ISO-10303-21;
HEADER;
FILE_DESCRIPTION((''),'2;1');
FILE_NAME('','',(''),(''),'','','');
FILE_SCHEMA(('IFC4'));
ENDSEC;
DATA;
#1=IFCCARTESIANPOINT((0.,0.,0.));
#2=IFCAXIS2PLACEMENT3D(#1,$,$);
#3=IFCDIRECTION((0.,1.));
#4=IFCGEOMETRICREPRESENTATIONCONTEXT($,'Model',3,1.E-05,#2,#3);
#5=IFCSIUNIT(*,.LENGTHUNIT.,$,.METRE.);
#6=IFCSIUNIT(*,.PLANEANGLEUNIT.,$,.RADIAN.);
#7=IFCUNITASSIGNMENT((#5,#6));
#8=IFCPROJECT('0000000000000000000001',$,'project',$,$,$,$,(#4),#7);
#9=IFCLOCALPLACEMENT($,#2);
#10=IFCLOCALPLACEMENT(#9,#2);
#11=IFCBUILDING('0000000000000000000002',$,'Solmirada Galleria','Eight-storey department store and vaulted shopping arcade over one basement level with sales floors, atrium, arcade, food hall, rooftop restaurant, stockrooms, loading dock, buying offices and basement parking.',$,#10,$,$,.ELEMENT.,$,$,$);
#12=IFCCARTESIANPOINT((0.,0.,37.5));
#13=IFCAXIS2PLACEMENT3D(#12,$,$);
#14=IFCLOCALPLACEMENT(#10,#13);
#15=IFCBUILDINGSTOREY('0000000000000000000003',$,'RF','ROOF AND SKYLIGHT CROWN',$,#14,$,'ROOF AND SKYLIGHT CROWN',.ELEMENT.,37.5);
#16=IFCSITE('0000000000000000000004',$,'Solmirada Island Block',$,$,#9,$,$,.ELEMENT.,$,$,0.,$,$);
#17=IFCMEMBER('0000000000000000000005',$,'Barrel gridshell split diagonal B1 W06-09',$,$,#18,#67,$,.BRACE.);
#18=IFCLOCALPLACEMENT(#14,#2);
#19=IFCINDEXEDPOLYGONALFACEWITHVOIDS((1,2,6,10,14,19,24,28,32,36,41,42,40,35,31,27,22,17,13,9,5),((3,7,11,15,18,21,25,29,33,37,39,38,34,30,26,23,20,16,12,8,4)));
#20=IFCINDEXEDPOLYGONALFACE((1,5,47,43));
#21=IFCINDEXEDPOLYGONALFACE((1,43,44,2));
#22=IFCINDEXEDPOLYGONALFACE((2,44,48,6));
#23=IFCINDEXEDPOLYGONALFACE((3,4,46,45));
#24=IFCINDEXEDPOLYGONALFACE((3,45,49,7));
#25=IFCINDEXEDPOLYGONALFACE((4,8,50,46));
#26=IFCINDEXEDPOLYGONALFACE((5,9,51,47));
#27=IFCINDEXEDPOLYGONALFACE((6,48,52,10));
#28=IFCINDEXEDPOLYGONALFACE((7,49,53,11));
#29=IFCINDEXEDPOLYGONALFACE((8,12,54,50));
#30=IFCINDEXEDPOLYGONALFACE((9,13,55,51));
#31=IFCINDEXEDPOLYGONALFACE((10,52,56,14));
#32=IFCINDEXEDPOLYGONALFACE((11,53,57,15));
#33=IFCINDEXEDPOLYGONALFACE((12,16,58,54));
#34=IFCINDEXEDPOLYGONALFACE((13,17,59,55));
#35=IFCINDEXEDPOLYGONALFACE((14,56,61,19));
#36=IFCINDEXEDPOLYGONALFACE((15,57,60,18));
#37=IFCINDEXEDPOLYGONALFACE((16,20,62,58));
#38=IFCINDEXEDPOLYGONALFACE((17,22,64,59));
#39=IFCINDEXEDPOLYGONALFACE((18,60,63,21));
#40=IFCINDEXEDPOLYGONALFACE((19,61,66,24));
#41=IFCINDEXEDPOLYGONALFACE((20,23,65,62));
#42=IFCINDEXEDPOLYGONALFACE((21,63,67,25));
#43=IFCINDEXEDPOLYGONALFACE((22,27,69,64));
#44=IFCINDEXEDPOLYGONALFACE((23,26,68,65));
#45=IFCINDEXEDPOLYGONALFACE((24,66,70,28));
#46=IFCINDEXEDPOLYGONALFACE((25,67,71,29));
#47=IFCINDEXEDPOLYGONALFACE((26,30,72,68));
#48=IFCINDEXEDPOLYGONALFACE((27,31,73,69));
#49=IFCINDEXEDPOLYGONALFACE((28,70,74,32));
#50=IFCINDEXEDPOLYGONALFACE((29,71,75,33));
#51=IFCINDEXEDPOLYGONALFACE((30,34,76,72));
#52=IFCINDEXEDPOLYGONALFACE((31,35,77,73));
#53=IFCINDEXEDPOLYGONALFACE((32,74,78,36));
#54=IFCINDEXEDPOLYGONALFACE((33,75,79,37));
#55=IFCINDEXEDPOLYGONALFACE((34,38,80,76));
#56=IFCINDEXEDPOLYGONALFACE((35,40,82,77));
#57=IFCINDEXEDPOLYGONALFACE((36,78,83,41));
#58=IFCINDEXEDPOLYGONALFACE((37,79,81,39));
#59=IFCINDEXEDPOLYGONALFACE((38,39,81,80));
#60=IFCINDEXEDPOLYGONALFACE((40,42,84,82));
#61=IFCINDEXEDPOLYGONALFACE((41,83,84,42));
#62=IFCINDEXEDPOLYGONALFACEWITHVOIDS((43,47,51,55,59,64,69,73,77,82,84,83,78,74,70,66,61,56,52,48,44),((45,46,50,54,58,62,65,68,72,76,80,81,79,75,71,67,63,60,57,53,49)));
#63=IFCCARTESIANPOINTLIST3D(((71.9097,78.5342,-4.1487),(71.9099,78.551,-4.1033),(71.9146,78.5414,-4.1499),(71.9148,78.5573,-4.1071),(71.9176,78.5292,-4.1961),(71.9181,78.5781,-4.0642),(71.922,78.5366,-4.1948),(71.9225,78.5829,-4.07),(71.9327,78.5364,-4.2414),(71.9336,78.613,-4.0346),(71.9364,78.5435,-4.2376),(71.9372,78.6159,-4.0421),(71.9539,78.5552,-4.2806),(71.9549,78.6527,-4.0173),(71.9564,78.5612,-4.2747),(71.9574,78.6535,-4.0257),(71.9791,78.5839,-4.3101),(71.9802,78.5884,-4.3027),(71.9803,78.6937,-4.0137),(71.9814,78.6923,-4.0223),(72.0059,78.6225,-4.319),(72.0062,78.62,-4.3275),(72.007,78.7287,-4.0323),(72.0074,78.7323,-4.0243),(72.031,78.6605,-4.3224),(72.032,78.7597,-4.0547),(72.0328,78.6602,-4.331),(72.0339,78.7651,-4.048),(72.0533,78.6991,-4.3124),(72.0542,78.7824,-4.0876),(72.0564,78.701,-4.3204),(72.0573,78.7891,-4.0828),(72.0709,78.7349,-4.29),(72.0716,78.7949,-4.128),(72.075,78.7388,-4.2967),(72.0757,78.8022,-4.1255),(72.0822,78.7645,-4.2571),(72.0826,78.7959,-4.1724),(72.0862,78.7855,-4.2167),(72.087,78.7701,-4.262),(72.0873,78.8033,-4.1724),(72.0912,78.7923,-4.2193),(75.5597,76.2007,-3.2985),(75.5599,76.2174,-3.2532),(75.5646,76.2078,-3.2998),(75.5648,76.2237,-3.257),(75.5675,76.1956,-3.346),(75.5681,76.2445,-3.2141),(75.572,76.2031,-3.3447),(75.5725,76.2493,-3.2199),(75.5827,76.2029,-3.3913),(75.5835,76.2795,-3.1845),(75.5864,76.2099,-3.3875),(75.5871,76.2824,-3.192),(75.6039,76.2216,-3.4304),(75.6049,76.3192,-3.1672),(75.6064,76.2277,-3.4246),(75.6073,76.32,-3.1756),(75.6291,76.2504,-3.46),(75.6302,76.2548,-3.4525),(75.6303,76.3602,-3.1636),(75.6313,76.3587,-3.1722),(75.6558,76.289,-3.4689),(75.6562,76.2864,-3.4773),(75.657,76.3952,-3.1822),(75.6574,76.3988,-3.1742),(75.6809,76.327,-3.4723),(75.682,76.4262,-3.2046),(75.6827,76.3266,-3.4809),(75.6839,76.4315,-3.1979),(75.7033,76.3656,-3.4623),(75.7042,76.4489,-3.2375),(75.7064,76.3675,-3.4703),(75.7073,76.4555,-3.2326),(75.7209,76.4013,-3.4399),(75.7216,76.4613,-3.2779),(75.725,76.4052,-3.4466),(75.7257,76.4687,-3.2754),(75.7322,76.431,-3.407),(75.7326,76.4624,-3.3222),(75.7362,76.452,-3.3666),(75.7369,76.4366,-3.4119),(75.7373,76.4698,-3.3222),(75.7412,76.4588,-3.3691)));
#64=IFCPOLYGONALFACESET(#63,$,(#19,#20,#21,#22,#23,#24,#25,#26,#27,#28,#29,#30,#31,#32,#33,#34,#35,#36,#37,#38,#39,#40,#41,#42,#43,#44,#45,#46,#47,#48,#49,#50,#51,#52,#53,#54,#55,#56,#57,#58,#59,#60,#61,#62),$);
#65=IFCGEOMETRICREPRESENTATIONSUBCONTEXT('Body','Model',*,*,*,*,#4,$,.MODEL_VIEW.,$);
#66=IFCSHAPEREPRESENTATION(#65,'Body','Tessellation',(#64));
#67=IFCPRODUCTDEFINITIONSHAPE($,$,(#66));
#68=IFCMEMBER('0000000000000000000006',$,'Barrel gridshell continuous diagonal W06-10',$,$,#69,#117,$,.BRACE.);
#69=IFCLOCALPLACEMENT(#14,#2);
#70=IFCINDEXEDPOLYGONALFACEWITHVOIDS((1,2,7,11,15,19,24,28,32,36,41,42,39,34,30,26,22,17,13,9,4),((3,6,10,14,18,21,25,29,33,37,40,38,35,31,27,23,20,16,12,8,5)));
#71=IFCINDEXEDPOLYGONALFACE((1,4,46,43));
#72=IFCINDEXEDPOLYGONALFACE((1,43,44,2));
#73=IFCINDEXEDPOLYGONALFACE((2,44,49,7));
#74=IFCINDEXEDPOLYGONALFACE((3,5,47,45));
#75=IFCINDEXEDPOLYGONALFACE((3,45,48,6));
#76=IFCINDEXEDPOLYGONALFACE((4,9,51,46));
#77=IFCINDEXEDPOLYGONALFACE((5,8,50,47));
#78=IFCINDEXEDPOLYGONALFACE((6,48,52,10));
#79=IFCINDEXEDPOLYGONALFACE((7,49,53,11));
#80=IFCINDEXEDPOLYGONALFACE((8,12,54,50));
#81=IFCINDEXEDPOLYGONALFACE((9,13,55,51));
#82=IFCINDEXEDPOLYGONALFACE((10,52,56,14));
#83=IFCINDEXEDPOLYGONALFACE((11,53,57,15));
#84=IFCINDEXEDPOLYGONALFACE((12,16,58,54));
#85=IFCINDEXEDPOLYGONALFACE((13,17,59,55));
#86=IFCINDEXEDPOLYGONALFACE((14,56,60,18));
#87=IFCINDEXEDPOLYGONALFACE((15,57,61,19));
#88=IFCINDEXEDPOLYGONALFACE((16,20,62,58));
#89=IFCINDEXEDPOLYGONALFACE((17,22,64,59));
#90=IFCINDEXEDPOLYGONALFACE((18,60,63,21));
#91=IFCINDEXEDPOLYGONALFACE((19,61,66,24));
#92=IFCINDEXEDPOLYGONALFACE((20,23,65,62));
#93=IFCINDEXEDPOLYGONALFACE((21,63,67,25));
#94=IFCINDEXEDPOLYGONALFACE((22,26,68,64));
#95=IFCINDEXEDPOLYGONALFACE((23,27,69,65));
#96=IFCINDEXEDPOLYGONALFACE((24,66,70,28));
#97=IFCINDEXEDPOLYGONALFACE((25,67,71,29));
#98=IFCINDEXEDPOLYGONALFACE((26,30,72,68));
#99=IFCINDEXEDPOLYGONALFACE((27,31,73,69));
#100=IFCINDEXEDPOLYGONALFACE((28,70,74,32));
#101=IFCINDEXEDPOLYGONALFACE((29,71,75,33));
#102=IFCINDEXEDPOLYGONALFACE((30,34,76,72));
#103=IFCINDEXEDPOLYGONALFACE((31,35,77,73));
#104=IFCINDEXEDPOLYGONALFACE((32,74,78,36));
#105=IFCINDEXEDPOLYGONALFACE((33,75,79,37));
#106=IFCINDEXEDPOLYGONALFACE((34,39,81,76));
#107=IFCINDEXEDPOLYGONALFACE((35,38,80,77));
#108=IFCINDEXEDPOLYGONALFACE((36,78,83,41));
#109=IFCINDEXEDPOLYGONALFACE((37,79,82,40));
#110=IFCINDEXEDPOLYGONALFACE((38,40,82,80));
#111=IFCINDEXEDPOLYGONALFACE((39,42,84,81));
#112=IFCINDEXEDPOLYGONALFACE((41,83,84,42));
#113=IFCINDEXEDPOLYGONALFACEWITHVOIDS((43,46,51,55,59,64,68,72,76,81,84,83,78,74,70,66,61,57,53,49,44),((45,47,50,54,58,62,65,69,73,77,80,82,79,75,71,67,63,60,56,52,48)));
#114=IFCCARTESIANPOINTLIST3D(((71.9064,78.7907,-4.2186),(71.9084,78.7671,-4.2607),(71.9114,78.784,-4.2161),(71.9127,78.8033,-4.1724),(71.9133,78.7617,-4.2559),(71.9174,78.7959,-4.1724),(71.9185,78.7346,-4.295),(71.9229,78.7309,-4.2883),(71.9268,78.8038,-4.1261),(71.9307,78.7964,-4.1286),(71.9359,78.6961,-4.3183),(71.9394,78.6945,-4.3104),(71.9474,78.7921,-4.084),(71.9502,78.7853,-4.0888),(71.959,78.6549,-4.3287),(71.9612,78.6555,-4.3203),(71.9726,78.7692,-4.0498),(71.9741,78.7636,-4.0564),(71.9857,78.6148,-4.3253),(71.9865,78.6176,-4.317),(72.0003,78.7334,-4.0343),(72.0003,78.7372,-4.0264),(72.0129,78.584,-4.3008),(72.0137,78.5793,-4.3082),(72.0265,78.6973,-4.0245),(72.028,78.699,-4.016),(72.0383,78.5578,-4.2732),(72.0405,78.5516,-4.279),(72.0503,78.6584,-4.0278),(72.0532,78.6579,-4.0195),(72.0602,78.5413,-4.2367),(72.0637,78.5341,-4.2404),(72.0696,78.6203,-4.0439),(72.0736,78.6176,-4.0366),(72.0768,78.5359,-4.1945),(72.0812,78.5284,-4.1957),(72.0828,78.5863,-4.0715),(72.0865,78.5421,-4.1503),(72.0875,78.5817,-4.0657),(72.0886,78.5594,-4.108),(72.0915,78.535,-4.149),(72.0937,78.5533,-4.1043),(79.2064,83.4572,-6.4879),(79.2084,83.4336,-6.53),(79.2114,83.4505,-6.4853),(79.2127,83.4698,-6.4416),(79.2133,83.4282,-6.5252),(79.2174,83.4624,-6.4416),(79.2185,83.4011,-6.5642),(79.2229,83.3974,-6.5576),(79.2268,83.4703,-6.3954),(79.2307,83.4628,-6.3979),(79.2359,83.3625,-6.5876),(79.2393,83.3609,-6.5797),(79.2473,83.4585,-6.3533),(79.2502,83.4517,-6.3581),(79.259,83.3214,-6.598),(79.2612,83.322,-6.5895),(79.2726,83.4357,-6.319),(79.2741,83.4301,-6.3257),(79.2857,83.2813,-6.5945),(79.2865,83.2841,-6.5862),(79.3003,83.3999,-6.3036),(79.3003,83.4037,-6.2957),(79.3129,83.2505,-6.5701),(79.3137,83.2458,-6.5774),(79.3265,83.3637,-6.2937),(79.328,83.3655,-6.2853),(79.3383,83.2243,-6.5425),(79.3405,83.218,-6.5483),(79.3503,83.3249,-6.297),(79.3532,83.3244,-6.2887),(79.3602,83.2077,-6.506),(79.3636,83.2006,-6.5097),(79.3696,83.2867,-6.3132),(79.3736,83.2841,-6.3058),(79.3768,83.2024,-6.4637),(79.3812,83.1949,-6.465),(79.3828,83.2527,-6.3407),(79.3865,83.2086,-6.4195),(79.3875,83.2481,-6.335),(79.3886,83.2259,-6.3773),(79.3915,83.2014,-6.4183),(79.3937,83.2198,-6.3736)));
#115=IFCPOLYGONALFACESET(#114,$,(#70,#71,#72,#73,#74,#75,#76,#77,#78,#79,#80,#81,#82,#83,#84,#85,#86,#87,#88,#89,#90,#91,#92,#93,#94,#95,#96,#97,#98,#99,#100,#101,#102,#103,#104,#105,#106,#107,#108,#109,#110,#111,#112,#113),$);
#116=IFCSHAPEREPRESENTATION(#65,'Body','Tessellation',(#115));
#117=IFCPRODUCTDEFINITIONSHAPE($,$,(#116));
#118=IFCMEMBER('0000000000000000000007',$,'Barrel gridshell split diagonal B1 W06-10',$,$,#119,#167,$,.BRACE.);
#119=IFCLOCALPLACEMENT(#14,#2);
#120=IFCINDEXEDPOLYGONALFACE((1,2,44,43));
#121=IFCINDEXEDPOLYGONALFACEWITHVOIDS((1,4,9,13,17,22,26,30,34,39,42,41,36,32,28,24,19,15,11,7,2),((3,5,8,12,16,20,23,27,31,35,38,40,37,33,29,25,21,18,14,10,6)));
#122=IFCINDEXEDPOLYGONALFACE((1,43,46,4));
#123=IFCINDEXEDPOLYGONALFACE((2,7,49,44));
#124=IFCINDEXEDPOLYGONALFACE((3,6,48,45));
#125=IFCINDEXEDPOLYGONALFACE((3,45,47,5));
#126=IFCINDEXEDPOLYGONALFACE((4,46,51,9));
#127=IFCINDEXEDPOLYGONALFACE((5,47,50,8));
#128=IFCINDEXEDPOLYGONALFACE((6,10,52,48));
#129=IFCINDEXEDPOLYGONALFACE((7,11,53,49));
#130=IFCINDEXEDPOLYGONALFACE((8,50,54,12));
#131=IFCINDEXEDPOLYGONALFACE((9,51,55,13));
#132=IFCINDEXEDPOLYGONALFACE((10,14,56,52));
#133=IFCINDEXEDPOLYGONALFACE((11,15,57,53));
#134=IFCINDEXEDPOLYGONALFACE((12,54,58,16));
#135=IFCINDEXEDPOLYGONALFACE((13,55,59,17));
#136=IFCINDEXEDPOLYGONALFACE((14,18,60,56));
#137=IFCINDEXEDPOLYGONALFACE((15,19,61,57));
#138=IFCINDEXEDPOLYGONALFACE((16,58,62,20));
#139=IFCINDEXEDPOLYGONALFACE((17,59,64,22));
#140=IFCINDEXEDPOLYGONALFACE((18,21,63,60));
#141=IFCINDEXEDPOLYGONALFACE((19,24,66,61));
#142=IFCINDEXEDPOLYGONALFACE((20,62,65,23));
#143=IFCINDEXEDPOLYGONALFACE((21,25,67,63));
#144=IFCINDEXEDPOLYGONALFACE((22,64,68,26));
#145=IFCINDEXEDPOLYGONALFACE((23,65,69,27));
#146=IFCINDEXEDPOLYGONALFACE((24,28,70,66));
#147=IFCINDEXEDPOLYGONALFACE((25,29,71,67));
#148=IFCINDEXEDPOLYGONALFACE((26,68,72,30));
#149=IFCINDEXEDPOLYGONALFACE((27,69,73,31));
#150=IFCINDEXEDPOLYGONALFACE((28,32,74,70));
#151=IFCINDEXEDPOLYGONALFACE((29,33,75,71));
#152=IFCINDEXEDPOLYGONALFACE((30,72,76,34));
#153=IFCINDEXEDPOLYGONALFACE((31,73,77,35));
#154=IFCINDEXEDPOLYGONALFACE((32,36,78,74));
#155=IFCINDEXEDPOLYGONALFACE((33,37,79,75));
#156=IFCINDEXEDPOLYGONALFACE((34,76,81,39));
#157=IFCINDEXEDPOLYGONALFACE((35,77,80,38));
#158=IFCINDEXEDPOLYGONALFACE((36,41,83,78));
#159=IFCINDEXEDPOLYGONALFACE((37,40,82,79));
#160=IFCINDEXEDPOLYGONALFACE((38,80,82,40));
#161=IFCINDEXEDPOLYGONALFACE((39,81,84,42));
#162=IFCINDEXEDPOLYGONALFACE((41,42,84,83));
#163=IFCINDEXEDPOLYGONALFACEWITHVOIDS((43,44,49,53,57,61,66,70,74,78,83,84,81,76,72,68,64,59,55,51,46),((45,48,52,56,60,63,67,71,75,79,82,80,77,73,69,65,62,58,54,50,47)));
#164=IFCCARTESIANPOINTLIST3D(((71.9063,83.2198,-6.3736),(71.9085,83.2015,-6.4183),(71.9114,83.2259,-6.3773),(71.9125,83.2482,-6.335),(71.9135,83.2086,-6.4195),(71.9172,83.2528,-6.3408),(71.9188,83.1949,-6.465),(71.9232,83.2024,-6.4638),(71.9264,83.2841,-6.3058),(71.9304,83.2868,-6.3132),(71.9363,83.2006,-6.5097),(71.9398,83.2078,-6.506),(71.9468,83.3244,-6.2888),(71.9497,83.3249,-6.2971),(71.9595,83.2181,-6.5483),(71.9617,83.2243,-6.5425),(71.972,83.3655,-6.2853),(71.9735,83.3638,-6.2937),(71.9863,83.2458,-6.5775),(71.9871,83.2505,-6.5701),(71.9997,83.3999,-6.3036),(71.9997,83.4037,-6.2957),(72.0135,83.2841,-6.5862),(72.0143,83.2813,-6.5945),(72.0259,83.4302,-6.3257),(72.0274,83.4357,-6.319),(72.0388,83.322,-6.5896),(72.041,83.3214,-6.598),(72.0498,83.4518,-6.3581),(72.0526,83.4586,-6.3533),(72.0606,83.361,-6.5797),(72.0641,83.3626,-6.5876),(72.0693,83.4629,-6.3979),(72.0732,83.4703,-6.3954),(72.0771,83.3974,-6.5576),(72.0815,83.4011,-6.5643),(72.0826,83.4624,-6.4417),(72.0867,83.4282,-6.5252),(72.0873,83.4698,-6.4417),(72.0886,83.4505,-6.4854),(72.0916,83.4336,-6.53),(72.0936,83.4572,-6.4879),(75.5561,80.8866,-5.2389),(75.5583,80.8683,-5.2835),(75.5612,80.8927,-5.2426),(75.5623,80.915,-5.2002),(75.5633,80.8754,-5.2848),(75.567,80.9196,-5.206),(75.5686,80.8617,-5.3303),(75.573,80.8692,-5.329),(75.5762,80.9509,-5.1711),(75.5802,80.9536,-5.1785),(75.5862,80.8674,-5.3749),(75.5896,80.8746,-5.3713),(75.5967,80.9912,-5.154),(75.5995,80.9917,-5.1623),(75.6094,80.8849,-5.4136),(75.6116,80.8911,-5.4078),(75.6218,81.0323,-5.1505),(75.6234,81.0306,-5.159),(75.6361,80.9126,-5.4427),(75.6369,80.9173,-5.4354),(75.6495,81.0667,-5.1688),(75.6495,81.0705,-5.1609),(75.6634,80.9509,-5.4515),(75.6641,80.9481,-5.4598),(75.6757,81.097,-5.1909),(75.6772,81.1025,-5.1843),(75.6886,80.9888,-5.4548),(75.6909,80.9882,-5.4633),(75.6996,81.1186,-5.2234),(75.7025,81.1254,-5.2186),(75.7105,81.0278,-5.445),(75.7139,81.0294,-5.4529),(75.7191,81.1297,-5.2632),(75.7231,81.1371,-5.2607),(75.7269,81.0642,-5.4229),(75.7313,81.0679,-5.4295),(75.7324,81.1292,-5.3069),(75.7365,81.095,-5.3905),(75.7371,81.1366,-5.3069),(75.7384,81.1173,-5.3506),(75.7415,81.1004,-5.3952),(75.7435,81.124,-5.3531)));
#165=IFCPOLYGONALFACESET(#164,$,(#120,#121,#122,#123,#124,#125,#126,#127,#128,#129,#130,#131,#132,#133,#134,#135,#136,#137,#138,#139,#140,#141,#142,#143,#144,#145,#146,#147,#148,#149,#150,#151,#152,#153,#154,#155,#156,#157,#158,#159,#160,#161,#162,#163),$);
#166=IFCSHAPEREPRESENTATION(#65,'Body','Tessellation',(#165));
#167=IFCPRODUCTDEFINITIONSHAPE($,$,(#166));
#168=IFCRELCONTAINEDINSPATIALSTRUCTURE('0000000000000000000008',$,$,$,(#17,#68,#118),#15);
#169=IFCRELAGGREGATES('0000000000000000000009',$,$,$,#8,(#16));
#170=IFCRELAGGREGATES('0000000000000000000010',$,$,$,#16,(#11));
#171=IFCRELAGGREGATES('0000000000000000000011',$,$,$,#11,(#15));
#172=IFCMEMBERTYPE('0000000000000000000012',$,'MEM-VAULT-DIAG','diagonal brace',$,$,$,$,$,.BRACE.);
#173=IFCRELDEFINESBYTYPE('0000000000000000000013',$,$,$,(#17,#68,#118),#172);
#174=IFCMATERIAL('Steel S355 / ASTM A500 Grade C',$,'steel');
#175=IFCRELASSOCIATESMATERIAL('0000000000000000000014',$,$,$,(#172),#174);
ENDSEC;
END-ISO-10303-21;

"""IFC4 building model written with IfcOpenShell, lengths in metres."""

from ifc_helpers import new_model, si_unit, direction, frame, origin, origin_2d, place, context, subcontext, project, spatial, hollow_circle, extrude, material, material_profile, profile_set, type_object, element, save


model = new_model("IFC4")

# Units and contexts
model_context = context("Model", 3, precision=1e-05, world=origin(), true_north=direction((0.0, 1.0)))
body_context = subcontext(model_context, "Body", "Model", "MODEL_VIEW")
ifc_project = project(units=[si_unit("LENGTHUNIT", "METRE"), si_unit("PLANEANGLEUNIT", "RADIAN")], contexts=[model_context])

# Site, building, storey
site_placement = place(None, origin())
site = spatial("IfcSite", under=ifc_project, at=site_placement, Name="Solmirada Island Block", CompositionType="ELEMENT", RefElevation=0.0)
building_placement = place(site_placement, origin())
building = spatial("IfcBuilding", under=site, at=building_placement, Name="Solmirada Galleria", Description="Eight-storey department store and vaulted shopping arcade over one basement level with sales floors, atrium, arcade, food hall, rooftop restaurant, stockrooms, loading dock, buying offices and basement parking.", CompositionType="ELEMENT")
storey_placement = place(building_placement, frame((0.0, 0.0, 37.5)))
storey = spatial("IfcBuildingStorey", under=building, at=storey_placement, Name="RF", Description="ROOF AND SKYLIGHT CROWN", LongName="ROOF AND SKYLIGHT CROWN", CompositionType="ELEMENT", Elevation=37.5)

# Members
ifc_material_1 = material(Name="Steel S355 / ASTM A500 Grade C", Category="steel")
ifc_material_profile_1 = material_profile(ifc_material_1, hollow_circle(Radius=0.1621, WallThickness=0.0088, at=origin_2d()), Name="HSS12.750X0.375")
ifc_profile_set_1 = profile_set([ifc_material_profile_1], Name="Steel S355 / ASTM A500 Grade C")
member_type_1 = type_object("IfcMemberType", Name="MEM-VAULT-DIAG", Description="diagonal brace", PredefinedType="BRACE", material=ifc_profile_set_1)
member_1_placement = place(storey_placement, frame((72.0, 78.6667, -4.1724), z_axis=(0.826759, -0.528573, 0.19256), x_axis=(0.538654, 0.842527, 0.0)))
element("IfcMember", 1, at=member_1_placement, inside=storey, type_object=member_type_1, Name="Barrel gridshell split diagonal B1 W06-09", PredefinedType="BRACE", context=body_context, shape_type="SweptSolid", body=[
    extrude(hollow_circle(Radius=0.1621, WallThickness=0.0088, at=origin_2d()), origin(), (0.0, 0.0, 1.0), 4.4148),
])
member_2_placement = place(storey_placement, frame((72.0, 78.6667, -4.1724), z_axis=(0.815067, 0.521026, -0.253371), x_axis=(-0.538601, 0.842561, 0.0)))
element("IfcMember", 2, at=member_2_placement, inside=storey, type_object=member_type_1, Name="Barrel gridshell continuous diagonal W06-10", PredefinedType="BRACE", context=body_context, shape_type="SweptSolid", body=[
    extrude(hollow_circle(Radius=0.1621, WallThickness=0.0088, at=origin_2d()), origin(), (0.0, 0.0, 1.0), 8.9563),
])
member_3_placement = place(storey_placement, frame((72.0, 83.3333, -6.4417), z_axis=(0.815053, -0.521034, 0.253402), x_axis=(0.538614, 0.842553, 0.0)))
element("IfcMember", 3, at=member_3_placement, inside=storey, type_object=member_type_1, Name="Barrel gridshell split diagonal B1 W06-10", PredefinedType="BRACE", context=body_context, shape_type="SweptSolid", body=[
    extrude(hollow_circle(Radius=0.1621, WallThickness=0.0088, at=origin_2d()), origin(), (0.0, 0.0, 1.0), 4.478),
])

save(model, "model.ifc")
